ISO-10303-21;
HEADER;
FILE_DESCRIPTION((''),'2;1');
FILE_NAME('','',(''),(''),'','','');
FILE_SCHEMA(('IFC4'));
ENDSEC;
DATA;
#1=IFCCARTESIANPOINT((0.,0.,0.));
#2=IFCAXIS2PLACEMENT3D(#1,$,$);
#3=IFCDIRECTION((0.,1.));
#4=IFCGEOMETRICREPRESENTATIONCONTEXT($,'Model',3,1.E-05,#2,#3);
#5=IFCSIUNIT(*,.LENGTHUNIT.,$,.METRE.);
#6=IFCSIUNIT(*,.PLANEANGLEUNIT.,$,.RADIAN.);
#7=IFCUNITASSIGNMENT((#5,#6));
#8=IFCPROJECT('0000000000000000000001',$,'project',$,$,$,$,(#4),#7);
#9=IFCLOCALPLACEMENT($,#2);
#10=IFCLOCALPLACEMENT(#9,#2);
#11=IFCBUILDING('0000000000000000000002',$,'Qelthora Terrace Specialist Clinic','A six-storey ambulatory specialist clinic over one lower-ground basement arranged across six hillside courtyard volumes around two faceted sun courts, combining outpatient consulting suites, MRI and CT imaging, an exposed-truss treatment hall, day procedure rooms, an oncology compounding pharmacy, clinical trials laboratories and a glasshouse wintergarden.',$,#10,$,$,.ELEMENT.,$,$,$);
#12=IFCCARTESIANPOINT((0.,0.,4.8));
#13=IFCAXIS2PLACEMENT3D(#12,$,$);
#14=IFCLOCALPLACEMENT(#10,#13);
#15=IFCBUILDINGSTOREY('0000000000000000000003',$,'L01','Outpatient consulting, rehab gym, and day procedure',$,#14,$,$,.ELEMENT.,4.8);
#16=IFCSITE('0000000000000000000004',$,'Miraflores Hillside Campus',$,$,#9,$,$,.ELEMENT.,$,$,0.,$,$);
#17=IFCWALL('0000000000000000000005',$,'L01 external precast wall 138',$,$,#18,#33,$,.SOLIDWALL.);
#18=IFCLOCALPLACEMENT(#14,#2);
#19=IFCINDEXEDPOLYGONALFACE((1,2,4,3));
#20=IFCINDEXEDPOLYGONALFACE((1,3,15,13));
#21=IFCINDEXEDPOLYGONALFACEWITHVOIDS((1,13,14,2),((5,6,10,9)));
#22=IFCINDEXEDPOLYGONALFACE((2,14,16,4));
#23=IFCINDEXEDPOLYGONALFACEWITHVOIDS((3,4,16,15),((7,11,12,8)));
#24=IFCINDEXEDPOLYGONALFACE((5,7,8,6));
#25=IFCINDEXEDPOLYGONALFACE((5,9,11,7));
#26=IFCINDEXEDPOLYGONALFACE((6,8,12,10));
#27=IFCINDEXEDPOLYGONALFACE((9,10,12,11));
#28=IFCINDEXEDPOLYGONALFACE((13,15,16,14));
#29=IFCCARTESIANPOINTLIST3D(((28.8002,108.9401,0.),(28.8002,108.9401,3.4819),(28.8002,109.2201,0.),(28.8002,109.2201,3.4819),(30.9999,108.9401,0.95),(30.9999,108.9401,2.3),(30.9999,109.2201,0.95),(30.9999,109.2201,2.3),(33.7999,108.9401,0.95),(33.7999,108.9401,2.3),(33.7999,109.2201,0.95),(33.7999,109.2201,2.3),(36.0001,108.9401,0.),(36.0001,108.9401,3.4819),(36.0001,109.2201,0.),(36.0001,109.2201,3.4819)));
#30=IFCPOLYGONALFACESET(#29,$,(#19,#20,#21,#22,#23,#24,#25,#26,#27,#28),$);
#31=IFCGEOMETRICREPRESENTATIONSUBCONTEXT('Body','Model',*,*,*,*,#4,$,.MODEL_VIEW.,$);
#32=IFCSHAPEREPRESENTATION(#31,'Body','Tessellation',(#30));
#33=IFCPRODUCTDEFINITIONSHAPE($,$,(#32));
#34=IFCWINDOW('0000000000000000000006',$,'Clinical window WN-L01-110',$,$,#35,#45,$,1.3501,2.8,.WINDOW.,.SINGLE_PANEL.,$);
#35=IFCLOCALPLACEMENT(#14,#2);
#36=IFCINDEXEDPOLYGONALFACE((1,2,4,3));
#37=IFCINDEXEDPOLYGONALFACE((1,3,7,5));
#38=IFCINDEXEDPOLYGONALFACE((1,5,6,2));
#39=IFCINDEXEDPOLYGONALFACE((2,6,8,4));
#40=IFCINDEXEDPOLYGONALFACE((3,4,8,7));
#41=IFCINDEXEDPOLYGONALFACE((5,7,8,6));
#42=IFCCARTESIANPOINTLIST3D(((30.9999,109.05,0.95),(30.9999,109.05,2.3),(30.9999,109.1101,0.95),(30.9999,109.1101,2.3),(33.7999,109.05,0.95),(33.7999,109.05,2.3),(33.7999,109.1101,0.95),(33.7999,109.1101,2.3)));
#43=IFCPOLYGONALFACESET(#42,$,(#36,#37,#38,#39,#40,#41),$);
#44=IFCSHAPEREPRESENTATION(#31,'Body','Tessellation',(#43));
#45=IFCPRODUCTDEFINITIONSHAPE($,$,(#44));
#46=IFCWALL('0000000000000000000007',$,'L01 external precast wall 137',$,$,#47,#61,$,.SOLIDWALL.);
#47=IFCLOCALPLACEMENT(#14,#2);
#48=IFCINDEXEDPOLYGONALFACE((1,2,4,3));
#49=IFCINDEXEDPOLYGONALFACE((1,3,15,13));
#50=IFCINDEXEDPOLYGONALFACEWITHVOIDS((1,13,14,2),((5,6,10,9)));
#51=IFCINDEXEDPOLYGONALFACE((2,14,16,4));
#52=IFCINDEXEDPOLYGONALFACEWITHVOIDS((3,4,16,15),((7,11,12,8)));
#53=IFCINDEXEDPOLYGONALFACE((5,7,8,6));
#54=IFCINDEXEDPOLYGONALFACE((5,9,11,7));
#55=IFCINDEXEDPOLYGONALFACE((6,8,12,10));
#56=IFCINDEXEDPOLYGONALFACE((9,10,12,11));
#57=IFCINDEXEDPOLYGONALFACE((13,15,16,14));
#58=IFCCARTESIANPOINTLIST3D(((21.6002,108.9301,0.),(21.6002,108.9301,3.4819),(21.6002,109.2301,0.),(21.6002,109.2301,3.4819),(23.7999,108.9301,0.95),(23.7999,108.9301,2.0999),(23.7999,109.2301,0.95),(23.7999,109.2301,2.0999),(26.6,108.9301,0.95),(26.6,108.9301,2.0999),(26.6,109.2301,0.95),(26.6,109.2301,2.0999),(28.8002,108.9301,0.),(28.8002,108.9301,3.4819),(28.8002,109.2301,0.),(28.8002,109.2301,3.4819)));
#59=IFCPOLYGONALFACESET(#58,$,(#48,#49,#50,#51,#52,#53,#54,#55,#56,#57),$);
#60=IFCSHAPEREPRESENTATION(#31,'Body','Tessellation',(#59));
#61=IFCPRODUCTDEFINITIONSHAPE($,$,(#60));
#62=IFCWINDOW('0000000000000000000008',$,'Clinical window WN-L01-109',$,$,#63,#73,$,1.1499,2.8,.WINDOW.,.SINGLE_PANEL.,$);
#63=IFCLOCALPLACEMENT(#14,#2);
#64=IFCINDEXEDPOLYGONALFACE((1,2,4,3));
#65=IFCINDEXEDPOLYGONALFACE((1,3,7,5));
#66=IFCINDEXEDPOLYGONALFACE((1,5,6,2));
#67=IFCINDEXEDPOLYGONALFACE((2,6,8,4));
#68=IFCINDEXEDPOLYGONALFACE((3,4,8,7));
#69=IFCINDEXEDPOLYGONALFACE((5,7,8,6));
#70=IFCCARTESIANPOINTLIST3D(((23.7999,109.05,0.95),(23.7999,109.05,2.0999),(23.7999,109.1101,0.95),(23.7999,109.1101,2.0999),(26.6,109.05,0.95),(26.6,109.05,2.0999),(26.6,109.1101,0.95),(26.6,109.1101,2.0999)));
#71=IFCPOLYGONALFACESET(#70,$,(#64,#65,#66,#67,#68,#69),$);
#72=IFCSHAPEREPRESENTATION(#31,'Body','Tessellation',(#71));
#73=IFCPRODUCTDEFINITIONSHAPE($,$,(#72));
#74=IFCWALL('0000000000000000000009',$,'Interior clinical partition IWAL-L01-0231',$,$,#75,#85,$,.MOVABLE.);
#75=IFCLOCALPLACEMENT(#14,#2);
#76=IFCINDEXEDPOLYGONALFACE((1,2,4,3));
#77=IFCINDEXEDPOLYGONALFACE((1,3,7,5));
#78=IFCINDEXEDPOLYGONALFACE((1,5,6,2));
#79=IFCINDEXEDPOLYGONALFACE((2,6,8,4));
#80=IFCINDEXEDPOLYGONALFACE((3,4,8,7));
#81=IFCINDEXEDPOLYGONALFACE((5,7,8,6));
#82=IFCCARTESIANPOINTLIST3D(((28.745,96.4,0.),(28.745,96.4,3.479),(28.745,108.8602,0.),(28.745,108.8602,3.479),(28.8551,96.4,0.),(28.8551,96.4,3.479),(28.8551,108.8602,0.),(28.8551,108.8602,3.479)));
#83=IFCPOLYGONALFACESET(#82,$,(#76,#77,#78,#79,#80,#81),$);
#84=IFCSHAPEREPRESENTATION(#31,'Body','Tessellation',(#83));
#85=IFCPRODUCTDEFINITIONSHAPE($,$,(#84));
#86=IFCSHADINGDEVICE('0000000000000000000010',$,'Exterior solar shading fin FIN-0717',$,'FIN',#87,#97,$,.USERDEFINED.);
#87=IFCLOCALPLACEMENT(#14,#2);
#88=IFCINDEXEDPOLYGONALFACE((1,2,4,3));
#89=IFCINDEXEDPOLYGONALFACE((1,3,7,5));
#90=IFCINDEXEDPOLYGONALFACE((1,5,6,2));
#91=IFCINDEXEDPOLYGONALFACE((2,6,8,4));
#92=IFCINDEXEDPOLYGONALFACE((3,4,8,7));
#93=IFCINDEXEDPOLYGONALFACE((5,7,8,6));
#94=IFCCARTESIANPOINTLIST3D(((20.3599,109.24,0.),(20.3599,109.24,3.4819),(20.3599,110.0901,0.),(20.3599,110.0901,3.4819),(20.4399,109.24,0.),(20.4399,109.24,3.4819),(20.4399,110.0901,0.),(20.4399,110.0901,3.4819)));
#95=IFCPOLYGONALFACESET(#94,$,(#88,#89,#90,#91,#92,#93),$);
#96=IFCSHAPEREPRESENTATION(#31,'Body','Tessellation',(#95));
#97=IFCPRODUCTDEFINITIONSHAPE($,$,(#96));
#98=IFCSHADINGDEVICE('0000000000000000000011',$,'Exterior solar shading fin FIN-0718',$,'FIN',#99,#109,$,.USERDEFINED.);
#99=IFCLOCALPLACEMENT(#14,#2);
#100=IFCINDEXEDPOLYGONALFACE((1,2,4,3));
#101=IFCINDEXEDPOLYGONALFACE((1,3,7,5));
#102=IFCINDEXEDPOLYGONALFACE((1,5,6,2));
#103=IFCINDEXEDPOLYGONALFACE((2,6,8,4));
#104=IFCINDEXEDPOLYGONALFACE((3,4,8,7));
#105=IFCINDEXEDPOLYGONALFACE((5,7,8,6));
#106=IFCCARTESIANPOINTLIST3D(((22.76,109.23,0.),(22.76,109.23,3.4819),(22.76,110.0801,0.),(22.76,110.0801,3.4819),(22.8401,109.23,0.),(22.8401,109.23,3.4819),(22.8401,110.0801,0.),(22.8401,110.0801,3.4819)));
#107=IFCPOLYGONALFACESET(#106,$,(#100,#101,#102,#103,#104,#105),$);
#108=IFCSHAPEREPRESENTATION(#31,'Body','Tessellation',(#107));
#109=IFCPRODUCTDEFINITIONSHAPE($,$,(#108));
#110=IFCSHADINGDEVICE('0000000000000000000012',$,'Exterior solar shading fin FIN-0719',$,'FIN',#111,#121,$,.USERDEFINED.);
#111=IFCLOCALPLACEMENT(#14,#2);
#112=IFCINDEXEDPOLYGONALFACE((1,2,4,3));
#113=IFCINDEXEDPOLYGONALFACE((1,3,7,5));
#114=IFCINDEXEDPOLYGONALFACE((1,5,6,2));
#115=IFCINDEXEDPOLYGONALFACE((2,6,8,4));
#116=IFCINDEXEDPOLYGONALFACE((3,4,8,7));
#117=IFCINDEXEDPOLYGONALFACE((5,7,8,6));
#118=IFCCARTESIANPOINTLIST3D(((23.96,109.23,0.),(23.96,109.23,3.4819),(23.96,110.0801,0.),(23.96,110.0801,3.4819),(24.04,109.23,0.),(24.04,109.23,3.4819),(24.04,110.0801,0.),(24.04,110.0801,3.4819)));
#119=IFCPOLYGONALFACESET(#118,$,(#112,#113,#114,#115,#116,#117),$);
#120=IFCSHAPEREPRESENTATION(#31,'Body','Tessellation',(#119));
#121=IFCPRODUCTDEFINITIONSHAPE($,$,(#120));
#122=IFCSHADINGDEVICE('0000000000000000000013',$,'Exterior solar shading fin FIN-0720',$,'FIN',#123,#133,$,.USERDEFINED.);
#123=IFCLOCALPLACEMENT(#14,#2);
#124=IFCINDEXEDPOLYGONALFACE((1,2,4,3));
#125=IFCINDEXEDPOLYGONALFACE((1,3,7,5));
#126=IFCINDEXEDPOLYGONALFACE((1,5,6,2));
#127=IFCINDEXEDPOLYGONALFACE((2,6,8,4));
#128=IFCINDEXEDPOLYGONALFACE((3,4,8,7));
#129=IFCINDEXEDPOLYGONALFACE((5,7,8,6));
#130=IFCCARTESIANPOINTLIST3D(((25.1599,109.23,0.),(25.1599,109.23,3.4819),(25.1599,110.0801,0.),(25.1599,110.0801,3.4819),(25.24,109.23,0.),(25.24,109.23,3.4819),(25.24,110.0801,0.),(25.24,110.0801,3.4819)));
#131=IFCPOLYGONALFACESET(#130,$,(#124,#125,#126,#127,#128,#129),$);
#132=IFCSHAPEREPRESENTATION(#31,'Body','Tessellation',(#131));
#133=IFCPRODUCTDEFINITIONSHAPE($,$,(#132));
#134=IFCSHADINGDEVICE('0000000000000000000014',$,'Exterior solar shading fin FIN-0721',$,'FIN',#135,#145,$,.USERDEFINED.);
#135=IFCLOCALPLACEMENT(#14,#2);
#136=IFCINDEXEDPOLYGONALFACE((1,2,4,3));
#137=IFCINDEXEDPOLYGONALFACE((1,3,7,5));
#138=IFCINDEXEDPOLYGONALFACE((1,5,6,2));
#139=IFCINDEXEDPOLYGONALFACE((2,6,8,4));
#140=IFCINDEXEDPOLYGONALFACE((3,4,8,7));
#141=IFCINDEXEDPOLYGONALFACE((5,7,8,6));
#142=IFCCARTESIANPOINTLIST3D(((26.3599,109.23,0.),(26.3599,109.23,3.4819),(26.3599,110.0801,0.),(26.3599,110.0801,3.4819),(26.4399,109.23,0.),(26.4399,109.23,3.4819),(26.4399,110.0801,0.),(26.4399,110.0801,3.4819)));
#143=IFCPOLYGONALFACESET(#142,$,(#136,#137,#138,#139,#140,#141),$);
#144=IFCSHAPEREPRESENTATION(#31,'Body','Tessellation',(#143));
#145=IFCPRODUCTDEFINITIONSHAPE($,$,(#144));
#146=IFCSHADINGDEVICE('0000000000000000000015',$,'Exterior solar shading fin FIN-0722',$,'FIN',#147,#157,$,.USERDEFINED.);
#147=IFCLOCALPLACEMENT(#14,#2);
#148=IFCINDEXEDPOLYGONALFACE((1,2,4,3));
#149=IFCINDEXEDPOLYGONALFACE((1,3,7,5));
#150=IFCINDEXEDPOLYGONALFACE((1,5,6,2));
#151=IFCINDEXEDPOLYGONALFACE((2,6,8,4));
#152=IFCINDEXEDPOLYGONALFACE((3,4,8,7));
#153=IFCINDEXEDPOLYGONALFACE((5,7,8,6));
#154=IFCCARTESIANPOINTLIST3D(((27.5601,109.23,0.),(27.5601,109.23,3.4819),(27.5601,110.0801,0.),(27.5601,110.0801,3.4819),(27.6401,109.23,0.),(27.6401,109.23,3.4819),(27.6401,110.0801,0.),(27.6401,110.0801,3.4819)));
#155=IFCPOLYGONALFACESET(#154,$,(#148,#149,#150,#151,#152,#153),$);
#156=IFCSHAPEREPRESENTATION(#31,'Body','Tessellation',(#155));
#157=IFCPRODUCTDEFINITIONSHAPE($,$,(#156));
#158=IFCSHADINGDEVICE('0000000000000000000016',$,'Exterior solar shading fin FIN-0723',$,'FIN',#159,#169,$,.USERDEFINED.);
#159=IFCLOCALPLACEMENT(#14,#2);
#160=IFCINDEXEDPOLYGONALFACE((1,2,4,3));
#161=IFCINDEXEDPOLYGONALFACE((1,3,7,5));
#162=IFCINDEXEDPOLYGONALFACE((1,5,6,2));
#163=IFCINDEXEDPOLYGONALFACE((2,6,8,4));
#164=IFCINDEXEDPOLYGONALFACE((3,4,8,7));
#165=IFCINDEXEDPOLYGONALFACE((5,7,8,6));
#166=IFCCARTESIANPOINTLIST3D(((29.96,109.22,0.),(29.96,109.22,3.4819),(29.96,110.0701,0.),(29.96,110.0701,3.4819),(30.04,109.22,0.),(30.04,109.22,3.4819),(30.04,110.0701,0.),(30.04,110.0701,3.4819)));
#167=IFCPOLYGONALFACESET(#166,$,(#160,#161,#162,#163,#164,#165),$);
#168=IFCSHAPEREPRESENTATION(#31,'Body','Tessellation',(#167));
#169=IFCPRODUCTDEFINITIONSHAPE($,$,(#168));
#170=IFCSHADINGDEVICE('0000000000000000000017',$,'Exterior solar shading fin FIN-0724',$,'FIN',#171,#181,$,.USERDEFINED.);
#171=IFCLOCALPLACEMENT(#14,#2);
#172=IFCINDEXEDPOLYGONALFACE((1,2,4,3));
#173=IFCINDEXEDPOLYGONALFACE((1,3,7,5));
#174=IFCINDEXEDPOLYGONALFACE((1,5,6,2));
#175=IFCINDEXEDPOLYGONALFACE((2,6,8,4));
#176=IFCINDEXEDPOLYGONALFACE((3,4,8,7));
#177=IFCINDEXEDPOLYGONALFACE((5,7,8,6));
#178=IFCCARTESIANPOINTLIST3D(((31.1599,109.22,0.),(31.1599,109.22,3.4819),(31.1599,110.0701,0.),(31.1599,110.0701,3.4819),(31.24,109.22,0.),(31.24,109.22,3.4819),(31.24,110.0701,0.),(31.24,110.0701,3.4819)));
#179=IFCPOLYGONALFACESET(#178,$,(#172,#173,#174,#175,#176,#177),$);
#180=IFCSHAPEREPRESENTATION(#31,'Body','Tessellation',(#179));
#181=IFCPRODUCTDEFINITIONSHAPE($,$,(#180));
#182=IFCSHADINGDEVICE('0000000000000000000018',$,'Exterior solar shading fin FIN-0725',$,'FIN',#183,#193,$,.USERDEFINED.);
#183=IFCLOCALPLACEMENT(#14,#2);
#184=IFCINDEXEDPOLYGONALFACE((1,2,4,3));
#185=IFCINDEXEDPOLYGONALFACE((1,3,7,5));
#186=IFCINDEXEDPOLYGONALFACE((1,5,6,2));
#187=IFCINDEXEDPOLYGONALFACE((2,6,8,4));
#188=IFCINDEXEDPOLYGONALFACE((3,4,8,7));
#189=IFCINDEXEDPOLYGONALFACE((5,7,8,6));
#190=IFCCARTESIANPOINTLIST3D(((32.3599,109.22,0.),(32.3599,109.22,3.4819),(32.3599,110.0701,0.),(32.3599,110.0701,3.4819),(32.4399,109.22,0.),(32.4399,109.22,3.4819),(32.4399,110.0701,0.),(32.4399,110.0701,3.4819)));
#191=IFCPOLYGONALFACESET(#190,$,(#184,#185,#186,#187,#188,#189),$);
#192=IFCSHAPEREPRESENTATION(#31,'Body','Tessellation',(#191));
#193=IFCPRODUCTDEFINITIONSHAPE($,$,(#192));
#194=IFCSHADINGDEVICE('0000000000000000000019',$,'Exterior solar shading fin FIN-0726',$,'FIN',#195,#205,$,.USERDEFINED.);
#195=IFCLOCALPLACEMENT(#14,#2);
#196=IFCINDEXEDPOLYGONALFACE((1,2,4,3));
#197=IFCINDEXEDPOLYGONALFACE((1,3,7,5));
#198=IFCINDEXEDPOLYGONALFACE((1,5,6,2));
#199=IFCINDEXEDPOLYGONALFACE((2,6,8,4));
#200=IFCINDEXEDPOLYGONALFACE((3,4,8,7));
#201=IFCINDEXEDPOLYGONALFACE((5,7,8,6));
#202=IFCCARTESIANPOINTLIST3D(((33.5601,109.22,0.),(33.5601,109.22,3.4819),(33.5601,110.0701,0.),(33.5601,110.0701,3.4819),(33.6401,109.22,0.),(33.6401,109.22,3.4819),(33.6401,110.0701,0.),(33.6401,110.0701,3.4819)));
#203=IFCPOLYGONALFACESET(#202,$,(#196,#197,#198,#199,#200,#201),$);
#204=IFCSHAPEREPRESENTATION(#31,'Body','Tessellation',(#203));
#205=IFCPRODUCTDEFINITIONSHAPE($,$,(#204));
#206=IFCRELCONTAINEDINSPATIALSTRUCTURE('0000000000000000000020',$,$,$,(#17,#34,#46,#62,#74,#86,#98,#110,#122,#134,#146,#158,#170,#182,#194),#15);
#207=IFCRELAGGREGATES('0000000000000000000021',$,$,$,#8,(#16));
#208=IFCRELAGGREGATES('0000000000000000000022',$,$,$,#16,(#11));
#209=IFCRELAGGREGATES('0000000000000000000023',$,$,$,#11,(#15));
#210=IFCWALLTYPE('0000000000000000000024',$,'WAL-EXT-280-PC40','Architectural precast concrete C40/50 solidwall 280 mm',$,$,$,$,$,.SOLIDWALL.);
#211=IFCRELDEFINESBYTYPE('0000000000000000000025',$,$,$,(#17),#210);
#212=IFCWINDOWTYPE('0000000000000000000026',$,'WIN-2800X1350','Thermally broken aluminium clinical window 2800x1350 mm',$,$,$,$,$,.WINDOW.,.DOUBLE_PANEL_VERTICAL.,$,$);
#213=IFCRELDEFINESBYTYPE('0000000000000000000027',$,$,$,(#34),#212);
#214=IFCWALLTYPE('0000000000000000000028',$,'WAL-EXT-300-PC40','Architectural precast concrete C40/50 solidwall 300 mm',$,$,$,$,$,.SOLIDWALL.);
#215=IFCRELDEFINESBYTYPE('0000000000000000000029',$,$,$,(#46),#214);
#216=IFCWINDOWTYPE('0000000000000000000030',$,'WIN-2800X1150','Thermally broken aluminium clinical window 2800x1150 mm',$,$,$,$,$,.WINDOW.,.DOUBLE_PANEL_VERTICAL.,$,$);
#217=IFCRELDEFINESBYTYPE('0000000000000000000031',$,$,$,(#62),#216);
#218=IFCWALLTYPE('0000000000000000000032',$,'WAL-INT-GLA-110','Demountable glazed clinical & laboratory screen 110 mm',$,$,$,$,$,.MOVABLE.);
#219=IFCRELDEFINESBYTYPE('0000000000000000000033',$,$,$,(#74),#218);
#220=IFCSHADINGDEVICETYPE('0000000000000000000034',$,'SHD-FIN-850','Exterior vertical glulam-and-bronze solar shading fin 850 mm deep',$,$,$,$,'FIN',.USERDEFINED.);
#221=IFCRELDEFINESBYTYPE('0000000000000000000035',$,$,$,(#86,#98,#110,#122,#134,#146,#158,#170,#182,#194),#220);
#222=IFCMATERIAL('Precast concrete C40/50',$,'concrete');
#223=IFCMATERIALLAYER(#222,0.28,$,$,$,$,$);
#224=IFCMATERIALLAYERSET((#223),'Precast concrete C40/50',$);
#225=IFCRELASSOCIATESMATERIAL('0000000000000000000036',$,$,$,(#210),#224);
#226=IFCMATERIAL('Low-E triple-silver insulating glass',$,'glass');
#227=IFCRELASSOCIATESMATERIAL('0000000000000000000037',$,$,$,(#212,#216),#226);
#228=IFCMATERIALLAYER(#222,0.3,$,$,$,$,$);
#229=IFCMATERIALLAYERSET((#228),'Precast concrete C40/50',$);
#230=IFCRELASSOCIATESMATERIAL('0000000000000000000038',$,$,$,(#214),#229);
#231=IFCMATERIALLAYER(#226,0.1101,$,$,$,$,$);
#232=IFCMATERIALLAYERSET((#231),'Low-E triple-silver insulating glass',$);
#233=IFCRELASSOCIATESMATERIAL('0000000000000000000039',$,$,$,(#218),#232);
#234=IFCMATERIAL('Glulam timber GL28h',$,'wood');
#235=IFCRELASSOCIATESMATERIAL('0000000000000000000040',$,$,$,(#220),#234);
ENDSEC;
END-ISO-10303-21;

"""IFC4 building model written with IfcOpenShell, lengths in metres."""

from ifc_helpers import new_model, si_unit, direction, frame, frame_2d, origin, origin_2d, place, context, subcontext, project, spatial, rectangle, extrude, material, layer, layer_set, type_object, element, fill, save


model = new_model("IFC4")

# Units and contexts
model_context = context("Model", 3, precision=1e-05, world=origin(), true_north=direction((0.0, 1.0)))
body_context = subcontext(model_context, "Body", "Model", "MODEL_VIEW")
ifc_project = project(units=[si_unit("LENGTHUNIT", "METRE"), si_unit("PLANEANGLEUNIT", "RADIAN")], contexts=[model_context])

# Site, building, storey
site_placement = place(None, origin())
site = spatial("IfcSite", under=ifc_project, at=site_placement, Name="Miraflores Hillside Campus", CompositionType="ELEMENT", RefElevation=0.0)
building_placement = place(site_placement, origin())
building = spatial("IfcBuilding", under=site, at=building_placement, Name="Qelthora Terrace Specialist Clinic", Description="A six-storey ambulatory specialist clinic over one lower-ground basement arranged across six hillside courtyard volumes around two faceted sun courts, combining outpatient consulting suites, MRI and CT imaging, an exposed-truss treatment hall, day procedure rooms, an oncology compounding pharmacy, clinical trials laboratories and a glasshouse wintergarden.", CompositionType="ELEMENT")
storey_placement = place(building_placement, frame((0.0, 0.0, 4.8)))
storey = spatial("IfcBuildingStorey", under=building, at=storey_placement, Name="L01", Description="Outpatient consulting, rehab gym, and day procedure", CompositionType="ELEMENT", Elevation=4.8)

# Walls, openings, windows
ifc_material_1 = material(Name="Precast concrete C40/50", Category="concrete")
ifc_layer_1 = layer(ifc_material_1, 0.28)
ifc_layer_set_1 = layer_set([ifc_layer_1], Name="Precast concrete C40/50")
wall_type_1 = type_object("IfcWallType", Name="WAL-EXT-280-PC40", Description="Architectural precast concrete C40/50 solidwall 280 mm", PredefinedType="SOLIDWALL", material=ifc_layer_set_1)
wall_1_placement = place(storey_placement, frame((28.8, 109.0801, 0.0), z_axis=(0.0, 0.0, 1.0), x_axis=(1.0, 0.0, 0.0)))
wall_1 = element("IfcWall", 1, at=wall_1_placement, inside=storey, type_object=wall_type_1, Name="L01 external precast wall 138", PredefinedType="SOLIDWALL", context=body_context, shape_type="SweptSolid", body=[
    extrude(rectangle(XDim=7.2, YDim=0.28, at=frame_2d((3.6001, 0.0))), origin(), (0.0, 0.0, 1.0), 3.4819),
])
opening_1_placement = place(wall_1_placement, frame((2.2, 0.0, 0.95)))
opening_1 = element("IfcOpeningElement", 2, at=opening_1_placement, cuts=wall_1, PredefinedType="OPENING", context=body_context, shape_type="SweptSolid", body=[
    extrude(rectangle(XDim=2.8, YDim=1.3501, at=frame_2d((1.3999, 0.675))), frame((0.0, 0.1499, 0.0), z_axis=(0.0, -1.0, 0.0), x_axis=(1.0, 0.0, 0.0)), (0.0, 0.0, 1.0), 0.3),
])
ifc_material_2 = material(Name="Low-E triple-silver insulating glass", Category="glass")
window_type_1 = type_object("IfcWindowType", Name="WIN-2800X1350", Description="Thermally broken aluminium clinical window 2800x1350 mm", PartitioningType="DOUBLE_PANEL_VERTICAL", PredefinedType="WINDOW", material=ifc_material_2)
window_1_placement = place(opening_1_placement, origin())
window_1 = element("IfcWindow", 3, at=window_1_placement, inside=storey, type_object=window_type_1, Name="Clinical window WN-L01-110", OverallHeight=1.3501, OverallWidth=2.8, PartitioningType="SINGLE_PANEL", PredefinedType="WINDOW", context=body_context, shape_type="SweptSolid", body=[
    extrude(rectangle(XDim=2.8, YDim=1.3501, at=frame_2d((1.3999, 0.675))), frame((0.0, 0.03, 0.0), z_axis=(0.0, -1.0, 0.0), x_axis=(1.0, 0.0, 0.0)), (0.0, 0.0, 1.0), 0.0601),
])
fill(opening_1, window_1)
ifc_layer_2 = layer(ifc_material_1, 0.3)
ifc_layer_set_2 = layer_set([ifc_layer_2], Name="Precast concrete C40/50")
wall_type_2 = type_object("IfcWallType", Name="WAL-EXT-300-PC40", Description="Architectural precast concrete C40/50 solidwall 300 mm", PredefinedType="SOLIDWALL", material=ifc_layer_set_2)
wall_2_placement = place(storey_placement, frame((21.6001, 109.0801, 0.0), z_axis=(0.0, 0.0, 1.0), x_axis=(1.0, 0.0, 0.0)))
wall_2 = element("IfcWall", 4, at=wall_2_placement, inside=storey, type_object=wall_type_2, Name="L01 external precast wall 137", PredefinedType="SOLIDWALL", context=body_context, shape_type="SweptSolid", body=[
    extrude(rectangle(XDim=7.2, YDim=0.3, at=frame_2d((3.6001, 0.0))), origin(), (0.0, 0.0, 1.0), 3.4819),
])
opening_2_placement = place(wall_2_placement, frame((2.2, 0.0, 0.95)))
opening_2 = element("IfcOpeningElement", 5, at=opening_2_placement, cuts=wall_2, PredefinedType="OPENING", context=body_context, shape_type="SweptSolid", body=[
    extrude(rectangle(XDim=2.8, YDim=1.1499, at=frame_2d((1.3999, 0.575))), frame((0.0, 0.1599, 0.0), z_axis=(0.0, -1.0, 0.0), x_axis=(1.0, 0.0, 0.0)), (0.0, 0.0, 1.0), 0.3201),
])
window_type_2 = type_object("IfcWindowType", Name="WIN-2800X1150", Description="Thermally broken aluminium clinical window 2800x1150 mm", PartitioningType="DOUBLE_PANEL_VERTICAL", PredefinedType="WINDOW", material=ifc_material_2)
window_2_placement = place(opening_2_placement, origin())
window_2 = element("IfcWindow", 6, at=window_2_placement, inside=storey, type_object=window_type_2, Name="Clinical window WN-L01-109", OverallHeight=1.1499, OverallWidth=2.8, PartitioningType="SINGLE_PANEL", PredefinedType="WINDOW", context=body_context, shape_type="SweptSolid", body=[
    extrude(rectangle(XDim=2.8, YDim=1.1499, at=frame_2d((1.3999, 0.575))), frame((0.0, 0.03, 0.0), z_axis=(0.0, -1.0, 0.0), x_axis=(1.0, 0.0, 0.0)), (0.0, 0.0, 1.0), 0.0601),
])
fill(opening_2, window_2)

# Wall
ifc_layer_3 = layer(ifc_material_2, 0.1101)
ifc_layer_set_3 = layer_set([ifc_layer_3], Name="Low-E triple-silver insulating glass")
wall_type_3 = type_object("IfcWallType", Name="WAL-INT-GLA-110", Description="Demountable glazed clinical & laboratory screen 110 mm", PredefinedType="MOVABLE", material=ifc_layer_set_3)
wall_3_placement = place(storey_placement, frame((28.8, 108.8601, 0.0), z_axis=(0.0, 0.0, 1.0), x_axis=(0.0, -1.0, 0.0)))
element("IfcWall", 7, at=wall_3_placement, inside=storey, type_object=wall_type_3, Name="Interior clinical partition IWAL-L01-0231", PredefinedType="MOVABLE", context=body_context, shape_type="SweptSolid", body=[
    extrude(rectangle(XDim=12.4602, YDim=0.1101, at=frame_2d((6.23, 0.0))), origin(), (0.0, 0.0, 1.0), 3.479),
])

# Shading devices
ifc_material_3 = material(Name="Glulam timber GL28h", Category="wood")
shading_device_type = type_object("IfcShadingDeviceType", Name="SHD-FIN-850", Description="Exterior vertical glulam-and-bronze solar shading fin 850 mm deep", ElementType="FIN", PredefinedType="USERDEFINED", material=ifc_material_3)
for number, where, z_axis, x_axis, name in (
    (8, (20.3999, 109.665, 0.0), (0.0, 0.0, 1.0), (0.0, 1.0, 0.0), "Exterior solar shading fin FIN-0717"),
    (9, (22.8, 109.655, 0.0), (0.0, 0.0, 1.0), (0.0, 1.0, 0.0), "Exterior solar shading fin FIN-0718"),
    (10, (24.0, 109.655, 0.0), (0.0, 0.0, 1.0), (0.0, 1.0, 0.0), "Exterior solar shading fin FIN-0719"),
    (11, (25.2, 109.655, 0.0), (0.0, 0.0, 1.0), (0.0, 1.0, 0.0), "Exterior solar shading fin FIN-0720"),
    (12, (26.3999, 109.655, 0.0), (0.0, 0.0, 1.0), (0.0, 1.0, 0.0), "Exterior solar shading fin FIN-0721"),
    (13, (27.6001, 109.655, 0.0), (0.0, 0.0, 1.0), (0.0, 1.0, 0.0), "Exterior solar shading fin FIN-0722"),
    (14, (30.0, 109.645, 0.0), (0.0, 0.0, 1.0), (0.0, 1.0, 0.0), "Exterior solar shading fin FIN-0723"),
    (15, (31.2, 109.645, 0.0), (0.0, 0.0, 1.0), (0.0, 1.0, 0.0), "Exterior solar shading fin FIN-0724"),
    (16, (32.3999, 109.645, 0.0), (0.0, 0.0, 1.0), (0.0, 1.0, 0.0), "Exterior solar shading fin FIN-0725"),
    (17, (33.6001, 109.645, 0.0), (0.0, 0.0, 1.0), (0.0, 1.0, 0.0), "Exterior solar shading fin FIN-0726"),
):
    element("IfcShadingDevice", number, at=place(storey_placement, frame(where, z_axis=z_axis, x_axis=x_axis)), inside=storey, type_object=shading_device_type, Name=name, ObjectType="FIN", PredefinedType="USERDEFINED", context=body_context, shape_type="SweptSolid", body=[
        extrude(rectangle(XDim=0.8501, YDim=0.0801, at=origin_2d()), origin(), (0.0, 0.0, 1.0), 3.4819),
    ])

save(model, "model.ifc")
